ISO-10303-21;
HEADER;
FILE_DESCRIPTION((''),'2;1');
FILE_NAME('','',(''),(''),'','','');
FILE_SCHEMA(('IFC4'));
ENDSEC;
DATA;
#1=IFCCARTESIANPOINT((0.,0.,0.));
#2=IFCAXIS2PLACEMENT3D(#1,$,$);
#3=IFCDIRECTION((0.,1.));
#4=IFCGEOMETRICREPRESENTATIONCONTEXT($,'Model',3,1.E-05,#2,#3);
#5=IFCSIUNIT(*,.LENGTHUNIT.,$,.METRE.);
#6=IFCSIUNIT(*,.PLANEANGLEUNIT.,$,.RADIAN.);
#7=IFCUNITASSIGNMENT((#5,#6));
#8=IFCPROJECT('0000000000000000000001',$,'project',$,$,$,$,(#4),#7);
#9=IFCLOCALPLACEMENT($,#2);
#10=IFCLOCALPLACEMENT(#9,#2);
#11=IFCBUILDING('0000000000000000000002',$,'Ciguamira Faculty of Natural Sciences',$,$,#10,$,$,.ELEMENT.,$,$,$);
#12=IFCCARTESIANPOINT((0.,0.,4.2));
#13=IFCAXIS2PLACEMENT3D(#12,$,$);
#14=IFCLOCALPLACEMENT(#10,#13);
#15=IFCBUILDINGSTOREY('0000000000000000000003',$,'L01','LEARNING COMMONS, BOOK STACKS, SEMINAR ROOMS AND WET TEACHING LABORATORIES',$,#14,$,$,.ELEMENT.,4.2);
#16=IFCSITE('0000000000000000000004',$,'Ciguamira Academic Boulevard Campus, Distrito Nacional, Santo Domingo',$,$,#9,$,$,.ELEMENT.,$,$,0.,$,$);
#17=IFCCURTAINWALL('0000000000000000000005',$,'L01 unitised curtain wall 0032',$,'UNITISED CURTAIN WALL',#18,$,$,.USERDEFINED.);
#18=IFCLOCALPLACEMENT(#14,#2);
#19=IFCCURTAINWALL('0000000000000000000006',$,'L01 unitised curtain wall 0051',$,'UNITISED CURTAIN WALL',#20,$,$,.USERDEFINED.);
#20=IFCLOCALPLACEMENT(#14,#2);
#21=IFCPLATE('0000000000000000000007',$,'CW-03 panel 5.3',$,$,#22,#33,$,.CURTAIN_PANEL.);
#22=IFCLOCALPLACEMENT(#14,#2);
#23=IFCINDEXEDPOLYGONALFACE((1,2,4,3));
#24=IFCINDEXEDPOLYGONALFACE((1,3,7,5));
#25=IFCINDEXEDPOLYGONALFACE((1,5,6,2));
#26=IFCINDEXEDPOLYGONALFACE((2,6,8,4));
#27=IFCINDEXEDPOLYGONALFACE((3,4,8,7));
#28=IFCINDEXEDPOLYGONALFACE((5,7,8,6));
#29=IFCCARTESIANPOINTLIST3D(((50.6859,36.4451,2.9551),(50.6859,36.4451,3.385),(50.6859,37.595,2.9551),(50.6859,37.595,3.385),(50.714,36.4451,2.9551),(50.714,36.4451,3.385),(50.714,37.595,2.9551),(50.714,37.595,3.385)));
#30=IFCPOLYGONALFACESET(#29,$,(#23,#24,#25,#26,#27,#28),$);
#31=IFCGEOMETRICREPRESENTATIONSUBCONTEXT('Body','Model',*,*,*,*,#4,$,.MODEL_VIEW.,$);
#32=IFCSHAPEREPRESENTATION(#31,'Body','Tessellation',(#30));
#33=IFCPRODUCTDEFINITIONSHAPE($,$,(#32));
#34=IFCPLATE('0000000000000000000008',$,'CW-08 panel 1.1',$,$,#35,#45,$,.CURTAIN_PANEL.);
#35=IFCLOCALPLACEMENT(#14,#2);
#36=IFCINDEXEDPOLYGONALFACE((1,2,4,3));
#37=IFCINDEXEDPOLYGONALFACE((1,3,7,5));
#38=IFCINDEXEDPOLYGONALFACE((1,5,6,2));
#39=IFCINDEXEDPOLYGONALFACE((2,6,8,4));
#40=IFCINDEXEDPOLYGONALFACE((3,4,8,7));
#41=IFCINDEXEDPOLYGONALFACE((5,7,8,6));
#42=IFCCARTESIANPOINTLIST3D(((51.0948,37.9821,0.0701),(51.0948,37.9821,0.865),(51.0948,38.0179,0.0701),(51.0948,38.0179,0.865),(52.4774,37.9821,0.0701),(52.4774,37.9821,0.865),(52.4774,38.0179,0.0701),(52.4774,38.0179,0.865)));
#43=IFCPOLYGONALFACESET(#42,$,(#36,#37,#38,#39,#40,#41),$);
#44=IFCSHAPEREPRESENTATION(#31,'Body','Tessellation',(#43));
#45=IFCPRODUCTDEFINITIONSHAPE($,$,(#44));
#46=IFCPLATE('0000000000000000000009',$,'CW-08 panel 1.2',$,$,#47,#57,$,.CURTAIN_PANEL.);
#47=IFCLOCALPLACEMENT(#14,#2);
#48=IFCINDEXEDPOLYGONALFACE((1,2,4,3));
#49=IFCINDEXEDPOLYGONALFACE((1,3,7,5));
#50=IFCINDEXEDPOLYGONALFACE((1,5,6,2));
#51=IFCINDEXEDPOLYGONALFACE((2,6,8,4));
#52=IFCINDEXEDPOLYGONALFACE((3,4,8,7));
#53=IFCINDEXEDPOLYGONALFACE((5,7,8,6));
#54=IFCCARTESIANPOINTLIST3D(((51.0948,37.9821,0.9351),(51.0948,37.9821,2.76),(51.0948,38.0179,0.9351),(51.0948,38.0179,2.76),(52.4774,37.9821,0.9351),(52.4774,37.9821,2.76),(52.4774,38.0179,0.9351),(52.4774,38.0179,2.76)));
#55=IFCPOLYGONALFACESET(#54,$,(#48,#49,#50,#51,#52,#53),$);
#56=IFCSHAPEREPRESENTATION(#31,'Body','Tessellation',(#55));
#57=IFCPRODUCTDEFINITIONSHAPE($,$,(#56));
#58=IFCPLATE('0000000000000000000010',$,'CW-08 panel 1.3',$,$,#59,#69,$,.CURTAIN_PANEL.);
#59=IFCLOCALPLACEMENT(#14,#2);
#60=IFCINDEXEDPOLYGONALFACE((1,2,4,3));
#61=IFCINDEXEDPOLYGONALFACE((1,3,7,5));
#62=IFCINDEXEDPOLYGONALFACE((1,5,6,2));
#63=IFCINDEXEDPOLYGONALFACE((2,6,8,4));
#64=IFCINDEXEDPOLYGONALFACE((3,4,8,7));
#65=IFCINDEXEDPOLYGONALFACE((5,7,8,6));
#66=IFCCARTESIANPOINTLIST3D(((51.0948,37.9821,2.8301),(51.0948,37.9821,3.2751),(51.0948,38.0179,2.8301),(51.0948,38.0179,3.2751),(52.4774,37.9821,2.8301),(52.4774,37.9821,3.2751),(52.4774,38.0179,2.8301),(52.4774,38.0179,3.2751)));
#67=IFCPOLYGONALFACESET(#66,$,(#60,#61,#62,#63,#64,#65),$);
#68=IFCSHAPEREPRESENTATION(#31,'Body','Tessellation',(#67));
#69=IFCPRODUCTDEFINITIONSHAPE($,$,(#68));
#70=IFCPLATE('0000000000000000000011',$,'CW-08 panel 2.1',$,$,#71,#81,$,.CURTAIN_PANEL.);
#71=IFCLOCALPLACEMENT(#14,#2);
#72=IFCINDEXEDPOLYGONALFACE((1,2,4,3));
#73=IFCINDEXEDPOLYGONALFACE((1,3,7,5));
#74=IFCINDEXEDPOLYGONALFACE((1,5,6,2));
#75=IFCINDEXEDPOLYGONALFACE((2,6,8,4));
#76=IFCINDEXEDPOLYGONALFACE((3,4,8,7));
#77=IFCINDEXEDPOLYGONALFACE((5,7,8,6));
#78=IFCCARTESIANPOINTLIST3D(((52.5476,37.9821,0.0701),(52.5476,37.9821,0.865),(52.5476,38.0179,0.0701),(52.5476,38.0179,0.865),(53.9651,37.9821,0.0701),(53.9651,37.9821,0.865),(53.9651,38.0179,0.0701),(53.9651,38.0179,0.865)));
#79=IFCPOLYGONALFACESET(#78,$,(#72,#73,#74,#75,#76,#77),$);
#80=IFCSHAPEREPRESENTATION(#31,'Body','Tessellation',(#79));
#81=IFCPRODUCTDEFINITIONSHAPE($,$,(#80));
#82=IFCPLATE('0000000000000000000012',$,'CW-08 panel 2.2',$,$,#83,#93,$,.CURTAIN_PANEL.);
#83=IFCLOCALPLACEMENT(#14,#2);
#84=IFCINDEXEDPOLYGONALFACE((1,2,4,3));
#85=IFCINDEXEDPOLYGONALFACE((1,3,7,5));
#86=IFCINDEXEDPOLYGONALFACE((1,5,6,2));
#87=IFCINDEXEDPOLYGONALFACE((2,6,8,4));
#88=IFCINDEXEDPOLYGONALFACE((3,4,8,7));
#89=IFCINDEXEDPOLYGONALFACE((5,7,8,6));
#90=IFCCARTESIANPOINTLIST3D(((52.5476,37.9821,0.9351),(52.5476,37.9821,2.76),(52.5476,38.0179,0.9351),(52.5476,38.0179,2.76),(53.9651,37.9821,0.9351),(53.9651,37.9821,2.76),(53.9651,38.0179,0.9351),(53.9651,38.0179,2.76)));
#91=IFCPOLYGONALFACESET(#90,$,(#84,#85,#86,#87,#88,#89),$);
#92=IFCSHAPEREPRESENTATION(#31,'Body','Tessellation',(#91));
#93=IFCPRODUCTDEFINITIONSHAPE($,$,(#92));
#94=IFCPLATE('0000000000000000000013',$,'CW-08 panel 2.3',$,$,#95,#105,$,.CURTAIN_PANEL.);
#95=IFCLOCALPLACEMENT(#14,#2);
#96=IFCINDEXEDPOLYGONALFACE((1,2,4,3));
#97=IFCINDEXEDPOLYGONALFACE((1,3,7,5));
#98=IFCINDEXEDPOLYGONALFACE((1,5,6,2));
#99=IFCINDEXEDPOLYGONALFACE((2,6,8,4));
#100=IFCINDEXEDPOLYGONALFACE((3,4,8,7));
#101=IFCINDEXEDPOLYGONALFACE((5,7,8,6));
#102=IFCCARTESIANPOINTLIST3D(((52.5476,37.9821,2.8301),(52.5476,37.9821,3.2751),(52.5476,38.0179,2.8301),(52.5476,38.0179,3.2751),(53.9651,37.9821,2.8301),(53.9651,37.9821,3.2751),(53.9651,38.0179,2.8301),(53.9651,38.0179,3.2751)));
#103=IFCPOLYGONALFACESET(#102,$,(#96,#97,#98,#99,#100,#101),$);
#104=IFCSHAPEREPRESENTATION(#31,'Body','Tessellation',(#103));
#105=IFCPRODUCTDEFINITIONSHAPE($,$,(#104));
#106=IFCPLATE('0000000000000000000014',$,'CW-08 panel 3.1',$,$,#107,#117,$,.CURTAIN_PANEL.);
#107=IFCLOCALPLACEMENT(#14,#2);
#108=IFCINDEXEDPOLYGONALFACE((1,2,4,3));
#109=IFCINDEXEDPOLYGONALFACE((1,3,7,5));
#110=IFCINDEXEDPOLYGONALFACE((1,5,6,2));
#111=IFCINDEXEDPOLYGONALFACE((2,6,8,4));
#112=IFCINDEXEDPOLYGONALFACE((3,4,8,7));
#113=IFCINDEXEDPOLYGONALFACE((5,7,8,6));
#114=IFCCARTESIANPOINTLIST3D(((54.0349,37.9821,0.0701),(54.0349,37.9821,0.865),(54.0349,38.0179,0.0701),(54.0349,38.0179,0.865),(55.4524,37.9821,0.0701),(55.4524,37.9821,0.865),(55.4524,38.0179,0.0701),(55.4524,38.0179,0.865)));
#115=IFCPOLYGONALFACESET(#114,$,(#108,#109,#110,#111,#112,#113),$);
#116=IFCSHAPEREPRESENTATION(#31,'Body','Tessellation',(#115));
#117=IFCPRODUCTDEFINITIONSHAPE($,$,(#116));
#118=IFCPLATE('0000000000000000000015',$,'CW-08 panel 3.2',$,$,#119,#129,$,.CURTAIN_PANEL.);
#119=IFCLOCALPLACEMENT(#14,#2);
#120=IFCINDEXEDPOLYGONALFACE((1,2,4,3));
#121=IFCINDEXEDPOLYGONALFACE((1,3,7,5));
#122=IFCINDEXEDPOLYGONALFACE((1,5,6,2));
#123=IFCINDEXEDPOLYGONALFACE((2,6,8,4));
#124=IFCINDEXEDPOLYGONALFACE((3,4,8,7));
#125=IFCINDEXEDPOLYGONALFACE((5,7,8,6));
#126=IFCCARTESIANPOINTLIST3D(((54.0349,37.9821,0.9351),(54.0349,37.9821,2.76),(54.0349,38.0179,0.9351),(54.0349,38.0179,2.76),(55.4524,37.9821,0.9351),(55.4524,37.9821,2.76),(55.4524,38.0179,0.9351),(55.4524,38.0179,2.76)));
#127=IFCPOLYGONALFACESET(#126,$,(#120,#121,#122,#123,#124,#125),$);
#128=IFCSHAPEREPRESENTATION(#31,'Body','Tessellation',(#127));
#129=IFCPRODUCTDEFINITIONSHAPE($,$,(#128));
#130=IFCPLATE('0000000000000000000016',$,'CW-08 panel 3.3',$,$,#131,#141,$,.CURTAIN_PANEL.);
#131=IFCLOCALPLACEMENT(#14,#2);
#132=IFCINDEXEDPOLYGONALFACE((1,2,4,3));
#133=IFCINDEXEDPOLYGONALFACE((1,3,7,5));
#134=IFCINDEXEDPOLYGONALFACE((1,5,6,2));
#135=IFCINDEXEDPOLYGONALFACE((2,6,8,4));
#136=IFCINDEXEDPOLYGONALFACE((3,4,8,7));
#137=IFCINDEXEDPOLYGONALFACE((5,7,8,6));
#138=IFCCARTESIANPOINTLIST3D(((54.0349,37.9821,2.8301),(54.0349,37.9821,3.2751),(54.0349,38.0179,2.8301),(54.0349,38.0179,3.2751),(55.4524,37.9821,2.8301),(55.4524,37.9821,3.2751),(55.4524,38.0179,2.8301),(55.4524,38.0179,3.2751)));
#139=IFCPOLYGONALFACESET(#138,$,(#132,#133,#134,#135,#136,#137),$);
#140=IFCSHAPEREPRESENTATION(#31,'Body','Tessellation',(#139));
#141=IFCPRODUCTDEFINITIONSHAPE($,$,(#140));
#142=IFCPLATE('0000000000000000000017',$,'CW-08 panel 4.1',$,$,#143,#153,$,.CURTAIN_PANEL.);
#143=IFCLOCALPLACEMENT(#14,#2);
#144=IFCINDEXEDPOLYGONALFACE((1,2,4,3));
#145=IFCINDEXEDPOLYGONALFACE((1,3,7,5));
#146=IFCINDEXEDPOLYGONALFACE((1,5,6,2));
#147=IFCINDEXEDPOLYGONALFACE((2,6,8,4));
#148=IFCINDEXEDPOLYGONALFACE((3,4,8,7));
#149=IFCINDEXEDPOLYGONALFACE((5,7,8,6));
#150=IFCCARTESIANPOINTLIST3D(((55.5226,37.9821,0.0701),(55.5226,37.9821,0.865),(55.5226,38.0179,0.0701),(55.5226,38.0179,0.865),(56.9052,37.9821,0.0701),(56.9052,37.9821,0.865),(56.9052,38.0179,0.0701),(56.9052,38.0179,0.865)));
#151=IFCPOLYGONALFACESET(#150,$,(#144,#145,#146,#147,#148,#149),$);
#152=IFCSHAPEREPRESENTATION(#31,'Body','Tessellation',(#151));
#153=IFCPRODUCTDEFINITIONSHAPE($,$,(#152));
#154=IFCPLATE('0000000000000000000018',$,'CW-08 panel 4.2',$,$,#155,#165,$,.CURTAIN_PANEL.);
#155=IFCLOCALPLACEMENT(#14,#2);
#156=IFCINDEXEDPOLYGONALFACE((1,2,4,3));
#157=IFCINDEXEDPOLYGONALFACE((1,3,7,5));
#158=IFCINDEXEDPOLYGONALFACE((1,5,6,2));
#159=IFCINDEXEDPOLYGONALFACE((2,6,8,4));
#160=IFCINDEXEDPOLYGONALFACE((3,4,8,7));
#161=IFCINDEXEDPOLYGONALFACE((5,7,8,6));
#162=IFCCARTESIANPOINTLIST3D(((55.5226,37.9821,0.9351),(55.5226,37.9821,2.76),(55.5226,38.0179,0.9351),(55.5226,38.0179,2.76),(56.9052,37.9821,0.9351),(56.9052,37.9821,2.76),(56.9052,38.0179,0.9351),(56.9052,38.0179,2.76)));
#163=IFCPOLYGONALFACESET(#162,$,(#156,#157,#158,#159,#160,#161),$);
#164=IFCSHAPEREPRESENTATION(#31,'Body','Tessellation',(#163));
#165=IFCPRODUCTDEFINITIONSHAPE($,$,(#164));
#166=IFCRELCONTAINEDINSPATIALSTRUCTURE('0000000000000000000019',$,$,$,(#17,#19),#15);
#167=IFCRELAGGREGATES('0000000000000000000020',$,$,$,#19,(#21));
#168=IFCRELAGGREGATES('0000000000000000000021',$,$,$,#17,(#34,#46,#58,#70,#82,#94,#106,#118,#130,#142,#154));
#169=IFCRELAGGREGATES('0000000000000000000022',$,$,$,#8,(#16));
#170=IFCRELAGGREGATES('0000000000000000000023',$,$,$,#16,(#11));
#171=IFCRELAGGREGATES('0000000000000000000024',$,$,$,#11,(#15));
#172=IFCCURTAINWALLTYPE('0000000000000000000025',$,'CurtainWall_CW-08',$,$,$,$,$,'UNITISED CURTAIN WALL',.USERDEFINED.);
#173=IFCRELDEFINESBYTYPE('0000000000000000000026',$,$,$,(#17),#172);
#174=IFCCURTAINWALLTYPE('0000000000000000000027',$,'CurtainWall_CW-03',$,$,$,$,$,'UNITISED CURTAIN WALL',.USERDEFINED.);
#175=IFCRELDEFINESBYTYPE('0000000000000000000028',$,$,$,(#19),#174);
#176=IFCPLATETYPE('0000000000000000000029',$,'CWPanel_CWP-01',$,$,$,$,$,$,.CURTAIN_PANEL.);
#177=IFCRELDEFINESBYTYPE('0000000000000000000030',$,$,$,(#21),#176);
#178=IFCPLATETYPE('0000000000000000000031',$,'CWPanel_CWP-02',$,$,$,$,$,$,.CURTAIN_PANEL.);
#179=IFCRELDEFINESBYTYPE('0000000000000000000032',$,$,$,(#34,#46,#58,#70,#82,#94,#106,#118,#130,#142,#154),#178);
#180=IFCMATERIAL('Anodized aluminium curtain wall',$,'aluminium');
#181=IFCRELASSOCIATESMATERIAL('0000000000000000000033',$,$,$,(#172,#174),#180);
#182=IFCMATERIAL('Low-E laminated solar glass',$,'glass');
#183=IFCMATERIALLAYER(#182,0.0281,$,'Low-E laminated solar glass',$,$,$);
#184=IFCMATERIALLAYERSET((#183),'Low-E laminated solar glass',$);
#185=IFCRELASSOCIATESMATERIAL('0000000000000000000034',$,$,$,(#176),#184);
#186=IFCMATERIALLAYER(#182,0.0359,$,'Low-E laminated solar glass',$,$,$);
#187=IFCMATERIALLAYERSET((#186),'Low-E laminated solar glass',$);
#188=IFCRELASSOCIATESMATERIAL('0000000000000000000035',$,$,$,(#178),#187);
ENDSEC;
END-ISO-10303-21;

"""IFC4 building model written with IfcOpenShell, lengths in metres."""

from ifc_helpers import new_model, si_unit, direction, frame, origin, origin_2d, place, context, subcontext, project, spatial, rectangle, extrude, material, layer, layer_set, type_object, element, aggregate, save


model = new_model("IFC4")

# Units and contexts
model_context = context("Model", 3, precision=1e-05, world=origin(), true_north=direction((0.0, 1.0)))
body_context = subcontext(model_context, "Body", "Model", "MODEL_VIEW")
ifc_project = project(units=[si_unit("LENGTHUNIT", "METRE"), si_unit("PLANEANGLEUNIT", "RADIAN")], contexts=[model_context])

# Site, building, storey
site_placement = place(None, origin())
site = spatial("IfcSite", under=ifc_project, at=site_placement, Name="Ciguamira Academic Boulevard Campus, Distrito Nacional, Santo Domingo", CompositionType="ELEMENT", RefElevation=0.0)
building_placement = place(site_placement, origin())
building = spatial("IfcBuilding", under=site, at=building_placement, Name="Ciguamira Faculty of Natural Sciences", CompositionType="ELEMENT")
storey_placement = place(building_placement, frame((0.0, 0.0, 4.2)))
storey = spatial("IfcBuildingStorey", under=building, at=storey_placement, Name="L01", Description="LEARNING COMMONS, BOOK STACKS, SEMINAR ROOMS AND WET TEACHING LABORATORIES", CompositionType="ELEMENT", Elevation=4.2)

# Curtain wall
ifc_material_1 = material(Name="Anodized aluminium curtain wall", Category="aluminium")
curtain_wall_type_1 = type_object("IfcCurtainWallType", Name="CurtainWall_CW-08", ElementType="UNITISED CURTAIN WALL", PredefinedType="USERDEFINED", material=ifc_material_1)
curtain_wall_1_placement = place(storey_placement, origin())
curtain_wall_1 = element("IfcCurtainWall", 1, at=curtain_wall_1_placement, inside=storey, type_object=curtain_wall_type_1, Name="L01 unitised curtain wall 0032", ObjectType="UNITISED CURTAIN WALL", PredefinedType="USERDEFINED")

# Curtain wall
curtain_wall_type_2 = type_object("IfcCurtainWallType", Name="CurtainWall_CW-03", ElementType="UNITISED CURTAIN WALL", PredefinedType="USERDEFINED", material=ifc_material_1)
curtain_wall_2_placement = place(storey_placement, origin())
curtain_wall_2 = element("IfcCurtainWall", 2, at=curtain_wall_2_placement, inside=storey, type_object=curtain_wall_type_2, Name="L01 unitised curtain wall 0051", ObjectType="UNITISED CURTAIN WALL", PredefinedType="USERDEFINED")

# Plates
ifc_material_2 = material(Name="Low-E laminated solar glass", Category="glass")
ifc_layer_1 = layer(ifc_material_2, 0.0281, Name="Low-E laminated solar glass")
ifc_layer_set_1 = layer_set([ifc_layer_1], Name="Low-E laminated solar glass")
plate_type_1 = type_object("IfcPlateType", Name="CWPanel_CWP-01", PredefinedType="CURTAIN_PANEL", material=ifc_layer_set_1)
plate_1_placement = place(storey_placement, frame((50.7, 37.02, 2.9551), z_axis=(0.0, 0.0, 1.0), x_axis=(0.0, 1.0, 0.0)))
plate_1 = element("IfcPlate", 3, at=plate_1_placement, type_object=plate_type_1, Name="CW-03 panel 5.3", PredefinedType="CURTAIN_PANEL", context=body_context, shape_type="SweptSolid", body=[
    extrude(rectangle(XDim=1.1499, YDim=0.0281, at=origin_2d()), origin(), (0.0, 0.0, 1.0), 0.4299),
])
aggregate(curtain_wall_2, [plate_1])
ifc_layer_2 = layer(ifc_material_2, 0.0359, Name="Low-E laminated solar glass")
ifc_layer_set_2 = layer_set([ifc_layer_2], Name="Low-E laminated solar glass")
plate_type_2 = type_object("IfcPlateType", Name="CWPanel_CWP-02", PredefinedType="CURTAIN_PANEL", material=ifc_layer_set_2)
plate_2_placement = place(storey_placement, frame((51.7861, 38.0, 0.0701), z_axis=(0.0, 0.0, 1.0), x_axis=(1.0, 0.0, 0.0)))
plate_2 = element("IfcPlate", 4, at=plate_2_placement, type_object=plate_type_2, Name="CW-08 panel 1.1", PredefinedType="CURTAIN_PANEL", context=body_context, shape_type="SweptSolid", body=[
    extrude(rectangle(XDim=1.3826, YDim=0.0359, at=origin_2d()), origin(), (0.0, 0.0, 1.0), 0.7949),
])
plate_3_placement = place(storey_placement, frame((51.7861, 38.0, 0.9351), z_axis=(0.0, 0.0, 1.0), x_axis=(1.0, 0.0, 0.0)))
plate_3 = element("IfcPlate", 5, at=plate_3_placement, type_object=plate_type_2, Name="CW-08 panel 1.2", PredefinedType="CURTAIN_PANEL", context=body_context, shape_type="SweptSolid", body=[
    extrude(rectangle(XDim=1.3826, YDim=0.0359, at=origin_2d()), origin(), (0.0, 0.0, 1.0), 1.825),
])
plate_4_placement = place(storey_placement, frame((51.7861, 38.0, 2.8301), z_axis=(0.0, 0.0, 1.0), x_axis=(1.0, 0.0, 0.0)))
plate_4 = element("IfcPlate", 6, at=plate_4_placement, type_object=plate_type_2, Name="CW-08 panel 1.3", PredefinedType="CURTAIN_PANEL", context=body_context, shape_type="SweptSolid", body=[
    extrude(rectangle(XDim=1.3826, YDim=0.0359, at=origin_2d()), origin(), (0.0, 0.0, 1.0), 0.4451),
])
plate_5_placement = place(storey_placement, frame((53.2563, 38.0, 0.0701), z_axis=(0.0, 0.0, 1.0), x_axis=(1.0, 0.0, 0.0)))
plate_5 = element("IfcPlate", 7, at=plate_5_placement, type_object=plate_type_2, Name="CW-08 panel 2.1", PredefinedType="CURTAIN_PANEL", context=body_context, shape_type="SweptSolid", body=[
    extrude(rectangle(XDim=1.4175, YDim=0.0359, at=origin_2d()), origin(), (0.0, 0.0, 1.0), 0.7949),
])
plate_6_placement = place(storey_placement, frame((53.2563, 38.0, 0.9351), z_axis=(0.0, 0.0, 1.0), x_axis=(1.0, 0.0, 0.0)))
plate_6 = element("IfcPlate", 8, at=plate_6_placement, type_object=plate_type_2, Name="CW-08 panel 2.2", PredefinedType="CURTAIN_PANEL", context=body_context, shape_type="SweptSolid", body=[
    extrude(rectangle(XDim=1.4175, YDim=0.0359, at=origin_2d()), origin(), (0.0, 0.0, 1.0), 1.825),
])
plate_7_placement = place(storey_placement, frame((53.2563, 38.0, 2.8301), z_axis=(0.0, 0.0, 1.0), x_axis=(1.0, 0.0, 0.0)))
plate_7 = element("IfcPlate", 9, at=plate_7_placement, type_object=plate_type_2, Name="CW-08 panel 2.3", PredefinedType="CURTAIN_PANEL", context=body_context, shape_type="SweptSolid", body=[
    extrude(rectangle(XDim=1.4175, YDim=0.0359, at=origin_2d()), origin(), (0.0, 0.0, 1.0), 0.4451),
])
plate_8_placement = place(storey_placement, frame((54.7437, 38.0, 0.0701), z_axis=(0.0, 0.0, 1.0), x_axis=(1.0, 0.0, 0.0)))
plate_8 = element("IfcPlate", 10, at=plate_8_placement, type_object=plate_type_2, Name="CW-08 panel 3.1", PredefinedType="CURTAIN_PANEL", context=body_context, shape_type="SweptSolid", body=[
    extrude(rectangle(XDim=1.4175, YDim=0.0359, at=origin_2d()), origin(), (0.0, 0.0, 1.0), 0.7949),
])
plate_9_placement = place(storey_placement, frame((54.7437, 38.0, 0.9351), z_axis=(0.0, 0.0, 1.0), x_axis=(1.0, 0.0, 0.0)))
plate_9 = element("IfcPlate", 11, at=plate_9_placement, type_object=plate_type_2, Name="CW-08 panel 3.2", PredefinedType="CURTAIN_PANEL", context=body_context, shape_type="SweptSolid", body=[
    extrude(rectangle(XDim=1.4175, YDim=0.0359, at=origin_2d()), origin(), (0.0, 0.0, 1.0), 1.825),
])
plate_10_placement = place(storey_placement, frame((54.7437, 38.0, 2.8301), z_axis=(0.0, 0.0, 1.0), x_axis=(1.0, 0.0, 0.0)))
plate_10 = element("IfcPlate", 12, at=plate_10_placement, type_object=plate_type_2, Name="CW-08 panel 3.3", PredefinedType="CURTAIN_PANEL", context=body_context, shape_type="SweptSolid", body=[
    extrude(rectangle(XDim=1.4175, YDim=0.0359, at=origin_2d()), origin(), (0.0, 0.0, 1.0), 0.4451),
])
plate_11_placement = place(storey_placement, frame((56.2139, 38.0, 0.0701), z_axis=(0.0, 0.0, 1.0), x_axis=(1.0, 0.0, 0.0)))
plate_11 = element("IfcPlate", 13, at=plate_11_placement, type_object=plate_type_2, Name="CW-08 panel 4.1", PredefinedType="CURTAIN_PANEL", context=body_context, shape_type="SweptSolid", body=[
    extrude(rectangle(XDim=1.3826, YDim=0.0359, at=origin_2d()), origin(), (0.0, 0.0, 1.0), 0.7949),
])
plate_12_placement = place(storey_placement, frame((56.2139, 38.0, 0.9351), z_axis=(0.0, 0.0, 1.0), x_axis=(1.0, 0.0, 0.0)))
plate_12 = element("IfcPlate", 14, at=plate_12_placement, type_object=plate_type_2, Name="CW-08 panel 4.2", PredefinedType="CURTAIN_PANEL", context=body_context, shape_type="SweptSolid", body=[
    extrude(rectangle(XDim=1.3826, YDim=0.0359, at=origin_2d()), origin(), (0.0, 0.0, 1.0), 1.825),
])
aggregate(curtain_wall_1, [plate_2, plate_3, plate_4, plate_5, plate_6, plate_7, plate_8, plate_9, plate_10, plate_11, plate_12])

save(model, "model.ifc")
